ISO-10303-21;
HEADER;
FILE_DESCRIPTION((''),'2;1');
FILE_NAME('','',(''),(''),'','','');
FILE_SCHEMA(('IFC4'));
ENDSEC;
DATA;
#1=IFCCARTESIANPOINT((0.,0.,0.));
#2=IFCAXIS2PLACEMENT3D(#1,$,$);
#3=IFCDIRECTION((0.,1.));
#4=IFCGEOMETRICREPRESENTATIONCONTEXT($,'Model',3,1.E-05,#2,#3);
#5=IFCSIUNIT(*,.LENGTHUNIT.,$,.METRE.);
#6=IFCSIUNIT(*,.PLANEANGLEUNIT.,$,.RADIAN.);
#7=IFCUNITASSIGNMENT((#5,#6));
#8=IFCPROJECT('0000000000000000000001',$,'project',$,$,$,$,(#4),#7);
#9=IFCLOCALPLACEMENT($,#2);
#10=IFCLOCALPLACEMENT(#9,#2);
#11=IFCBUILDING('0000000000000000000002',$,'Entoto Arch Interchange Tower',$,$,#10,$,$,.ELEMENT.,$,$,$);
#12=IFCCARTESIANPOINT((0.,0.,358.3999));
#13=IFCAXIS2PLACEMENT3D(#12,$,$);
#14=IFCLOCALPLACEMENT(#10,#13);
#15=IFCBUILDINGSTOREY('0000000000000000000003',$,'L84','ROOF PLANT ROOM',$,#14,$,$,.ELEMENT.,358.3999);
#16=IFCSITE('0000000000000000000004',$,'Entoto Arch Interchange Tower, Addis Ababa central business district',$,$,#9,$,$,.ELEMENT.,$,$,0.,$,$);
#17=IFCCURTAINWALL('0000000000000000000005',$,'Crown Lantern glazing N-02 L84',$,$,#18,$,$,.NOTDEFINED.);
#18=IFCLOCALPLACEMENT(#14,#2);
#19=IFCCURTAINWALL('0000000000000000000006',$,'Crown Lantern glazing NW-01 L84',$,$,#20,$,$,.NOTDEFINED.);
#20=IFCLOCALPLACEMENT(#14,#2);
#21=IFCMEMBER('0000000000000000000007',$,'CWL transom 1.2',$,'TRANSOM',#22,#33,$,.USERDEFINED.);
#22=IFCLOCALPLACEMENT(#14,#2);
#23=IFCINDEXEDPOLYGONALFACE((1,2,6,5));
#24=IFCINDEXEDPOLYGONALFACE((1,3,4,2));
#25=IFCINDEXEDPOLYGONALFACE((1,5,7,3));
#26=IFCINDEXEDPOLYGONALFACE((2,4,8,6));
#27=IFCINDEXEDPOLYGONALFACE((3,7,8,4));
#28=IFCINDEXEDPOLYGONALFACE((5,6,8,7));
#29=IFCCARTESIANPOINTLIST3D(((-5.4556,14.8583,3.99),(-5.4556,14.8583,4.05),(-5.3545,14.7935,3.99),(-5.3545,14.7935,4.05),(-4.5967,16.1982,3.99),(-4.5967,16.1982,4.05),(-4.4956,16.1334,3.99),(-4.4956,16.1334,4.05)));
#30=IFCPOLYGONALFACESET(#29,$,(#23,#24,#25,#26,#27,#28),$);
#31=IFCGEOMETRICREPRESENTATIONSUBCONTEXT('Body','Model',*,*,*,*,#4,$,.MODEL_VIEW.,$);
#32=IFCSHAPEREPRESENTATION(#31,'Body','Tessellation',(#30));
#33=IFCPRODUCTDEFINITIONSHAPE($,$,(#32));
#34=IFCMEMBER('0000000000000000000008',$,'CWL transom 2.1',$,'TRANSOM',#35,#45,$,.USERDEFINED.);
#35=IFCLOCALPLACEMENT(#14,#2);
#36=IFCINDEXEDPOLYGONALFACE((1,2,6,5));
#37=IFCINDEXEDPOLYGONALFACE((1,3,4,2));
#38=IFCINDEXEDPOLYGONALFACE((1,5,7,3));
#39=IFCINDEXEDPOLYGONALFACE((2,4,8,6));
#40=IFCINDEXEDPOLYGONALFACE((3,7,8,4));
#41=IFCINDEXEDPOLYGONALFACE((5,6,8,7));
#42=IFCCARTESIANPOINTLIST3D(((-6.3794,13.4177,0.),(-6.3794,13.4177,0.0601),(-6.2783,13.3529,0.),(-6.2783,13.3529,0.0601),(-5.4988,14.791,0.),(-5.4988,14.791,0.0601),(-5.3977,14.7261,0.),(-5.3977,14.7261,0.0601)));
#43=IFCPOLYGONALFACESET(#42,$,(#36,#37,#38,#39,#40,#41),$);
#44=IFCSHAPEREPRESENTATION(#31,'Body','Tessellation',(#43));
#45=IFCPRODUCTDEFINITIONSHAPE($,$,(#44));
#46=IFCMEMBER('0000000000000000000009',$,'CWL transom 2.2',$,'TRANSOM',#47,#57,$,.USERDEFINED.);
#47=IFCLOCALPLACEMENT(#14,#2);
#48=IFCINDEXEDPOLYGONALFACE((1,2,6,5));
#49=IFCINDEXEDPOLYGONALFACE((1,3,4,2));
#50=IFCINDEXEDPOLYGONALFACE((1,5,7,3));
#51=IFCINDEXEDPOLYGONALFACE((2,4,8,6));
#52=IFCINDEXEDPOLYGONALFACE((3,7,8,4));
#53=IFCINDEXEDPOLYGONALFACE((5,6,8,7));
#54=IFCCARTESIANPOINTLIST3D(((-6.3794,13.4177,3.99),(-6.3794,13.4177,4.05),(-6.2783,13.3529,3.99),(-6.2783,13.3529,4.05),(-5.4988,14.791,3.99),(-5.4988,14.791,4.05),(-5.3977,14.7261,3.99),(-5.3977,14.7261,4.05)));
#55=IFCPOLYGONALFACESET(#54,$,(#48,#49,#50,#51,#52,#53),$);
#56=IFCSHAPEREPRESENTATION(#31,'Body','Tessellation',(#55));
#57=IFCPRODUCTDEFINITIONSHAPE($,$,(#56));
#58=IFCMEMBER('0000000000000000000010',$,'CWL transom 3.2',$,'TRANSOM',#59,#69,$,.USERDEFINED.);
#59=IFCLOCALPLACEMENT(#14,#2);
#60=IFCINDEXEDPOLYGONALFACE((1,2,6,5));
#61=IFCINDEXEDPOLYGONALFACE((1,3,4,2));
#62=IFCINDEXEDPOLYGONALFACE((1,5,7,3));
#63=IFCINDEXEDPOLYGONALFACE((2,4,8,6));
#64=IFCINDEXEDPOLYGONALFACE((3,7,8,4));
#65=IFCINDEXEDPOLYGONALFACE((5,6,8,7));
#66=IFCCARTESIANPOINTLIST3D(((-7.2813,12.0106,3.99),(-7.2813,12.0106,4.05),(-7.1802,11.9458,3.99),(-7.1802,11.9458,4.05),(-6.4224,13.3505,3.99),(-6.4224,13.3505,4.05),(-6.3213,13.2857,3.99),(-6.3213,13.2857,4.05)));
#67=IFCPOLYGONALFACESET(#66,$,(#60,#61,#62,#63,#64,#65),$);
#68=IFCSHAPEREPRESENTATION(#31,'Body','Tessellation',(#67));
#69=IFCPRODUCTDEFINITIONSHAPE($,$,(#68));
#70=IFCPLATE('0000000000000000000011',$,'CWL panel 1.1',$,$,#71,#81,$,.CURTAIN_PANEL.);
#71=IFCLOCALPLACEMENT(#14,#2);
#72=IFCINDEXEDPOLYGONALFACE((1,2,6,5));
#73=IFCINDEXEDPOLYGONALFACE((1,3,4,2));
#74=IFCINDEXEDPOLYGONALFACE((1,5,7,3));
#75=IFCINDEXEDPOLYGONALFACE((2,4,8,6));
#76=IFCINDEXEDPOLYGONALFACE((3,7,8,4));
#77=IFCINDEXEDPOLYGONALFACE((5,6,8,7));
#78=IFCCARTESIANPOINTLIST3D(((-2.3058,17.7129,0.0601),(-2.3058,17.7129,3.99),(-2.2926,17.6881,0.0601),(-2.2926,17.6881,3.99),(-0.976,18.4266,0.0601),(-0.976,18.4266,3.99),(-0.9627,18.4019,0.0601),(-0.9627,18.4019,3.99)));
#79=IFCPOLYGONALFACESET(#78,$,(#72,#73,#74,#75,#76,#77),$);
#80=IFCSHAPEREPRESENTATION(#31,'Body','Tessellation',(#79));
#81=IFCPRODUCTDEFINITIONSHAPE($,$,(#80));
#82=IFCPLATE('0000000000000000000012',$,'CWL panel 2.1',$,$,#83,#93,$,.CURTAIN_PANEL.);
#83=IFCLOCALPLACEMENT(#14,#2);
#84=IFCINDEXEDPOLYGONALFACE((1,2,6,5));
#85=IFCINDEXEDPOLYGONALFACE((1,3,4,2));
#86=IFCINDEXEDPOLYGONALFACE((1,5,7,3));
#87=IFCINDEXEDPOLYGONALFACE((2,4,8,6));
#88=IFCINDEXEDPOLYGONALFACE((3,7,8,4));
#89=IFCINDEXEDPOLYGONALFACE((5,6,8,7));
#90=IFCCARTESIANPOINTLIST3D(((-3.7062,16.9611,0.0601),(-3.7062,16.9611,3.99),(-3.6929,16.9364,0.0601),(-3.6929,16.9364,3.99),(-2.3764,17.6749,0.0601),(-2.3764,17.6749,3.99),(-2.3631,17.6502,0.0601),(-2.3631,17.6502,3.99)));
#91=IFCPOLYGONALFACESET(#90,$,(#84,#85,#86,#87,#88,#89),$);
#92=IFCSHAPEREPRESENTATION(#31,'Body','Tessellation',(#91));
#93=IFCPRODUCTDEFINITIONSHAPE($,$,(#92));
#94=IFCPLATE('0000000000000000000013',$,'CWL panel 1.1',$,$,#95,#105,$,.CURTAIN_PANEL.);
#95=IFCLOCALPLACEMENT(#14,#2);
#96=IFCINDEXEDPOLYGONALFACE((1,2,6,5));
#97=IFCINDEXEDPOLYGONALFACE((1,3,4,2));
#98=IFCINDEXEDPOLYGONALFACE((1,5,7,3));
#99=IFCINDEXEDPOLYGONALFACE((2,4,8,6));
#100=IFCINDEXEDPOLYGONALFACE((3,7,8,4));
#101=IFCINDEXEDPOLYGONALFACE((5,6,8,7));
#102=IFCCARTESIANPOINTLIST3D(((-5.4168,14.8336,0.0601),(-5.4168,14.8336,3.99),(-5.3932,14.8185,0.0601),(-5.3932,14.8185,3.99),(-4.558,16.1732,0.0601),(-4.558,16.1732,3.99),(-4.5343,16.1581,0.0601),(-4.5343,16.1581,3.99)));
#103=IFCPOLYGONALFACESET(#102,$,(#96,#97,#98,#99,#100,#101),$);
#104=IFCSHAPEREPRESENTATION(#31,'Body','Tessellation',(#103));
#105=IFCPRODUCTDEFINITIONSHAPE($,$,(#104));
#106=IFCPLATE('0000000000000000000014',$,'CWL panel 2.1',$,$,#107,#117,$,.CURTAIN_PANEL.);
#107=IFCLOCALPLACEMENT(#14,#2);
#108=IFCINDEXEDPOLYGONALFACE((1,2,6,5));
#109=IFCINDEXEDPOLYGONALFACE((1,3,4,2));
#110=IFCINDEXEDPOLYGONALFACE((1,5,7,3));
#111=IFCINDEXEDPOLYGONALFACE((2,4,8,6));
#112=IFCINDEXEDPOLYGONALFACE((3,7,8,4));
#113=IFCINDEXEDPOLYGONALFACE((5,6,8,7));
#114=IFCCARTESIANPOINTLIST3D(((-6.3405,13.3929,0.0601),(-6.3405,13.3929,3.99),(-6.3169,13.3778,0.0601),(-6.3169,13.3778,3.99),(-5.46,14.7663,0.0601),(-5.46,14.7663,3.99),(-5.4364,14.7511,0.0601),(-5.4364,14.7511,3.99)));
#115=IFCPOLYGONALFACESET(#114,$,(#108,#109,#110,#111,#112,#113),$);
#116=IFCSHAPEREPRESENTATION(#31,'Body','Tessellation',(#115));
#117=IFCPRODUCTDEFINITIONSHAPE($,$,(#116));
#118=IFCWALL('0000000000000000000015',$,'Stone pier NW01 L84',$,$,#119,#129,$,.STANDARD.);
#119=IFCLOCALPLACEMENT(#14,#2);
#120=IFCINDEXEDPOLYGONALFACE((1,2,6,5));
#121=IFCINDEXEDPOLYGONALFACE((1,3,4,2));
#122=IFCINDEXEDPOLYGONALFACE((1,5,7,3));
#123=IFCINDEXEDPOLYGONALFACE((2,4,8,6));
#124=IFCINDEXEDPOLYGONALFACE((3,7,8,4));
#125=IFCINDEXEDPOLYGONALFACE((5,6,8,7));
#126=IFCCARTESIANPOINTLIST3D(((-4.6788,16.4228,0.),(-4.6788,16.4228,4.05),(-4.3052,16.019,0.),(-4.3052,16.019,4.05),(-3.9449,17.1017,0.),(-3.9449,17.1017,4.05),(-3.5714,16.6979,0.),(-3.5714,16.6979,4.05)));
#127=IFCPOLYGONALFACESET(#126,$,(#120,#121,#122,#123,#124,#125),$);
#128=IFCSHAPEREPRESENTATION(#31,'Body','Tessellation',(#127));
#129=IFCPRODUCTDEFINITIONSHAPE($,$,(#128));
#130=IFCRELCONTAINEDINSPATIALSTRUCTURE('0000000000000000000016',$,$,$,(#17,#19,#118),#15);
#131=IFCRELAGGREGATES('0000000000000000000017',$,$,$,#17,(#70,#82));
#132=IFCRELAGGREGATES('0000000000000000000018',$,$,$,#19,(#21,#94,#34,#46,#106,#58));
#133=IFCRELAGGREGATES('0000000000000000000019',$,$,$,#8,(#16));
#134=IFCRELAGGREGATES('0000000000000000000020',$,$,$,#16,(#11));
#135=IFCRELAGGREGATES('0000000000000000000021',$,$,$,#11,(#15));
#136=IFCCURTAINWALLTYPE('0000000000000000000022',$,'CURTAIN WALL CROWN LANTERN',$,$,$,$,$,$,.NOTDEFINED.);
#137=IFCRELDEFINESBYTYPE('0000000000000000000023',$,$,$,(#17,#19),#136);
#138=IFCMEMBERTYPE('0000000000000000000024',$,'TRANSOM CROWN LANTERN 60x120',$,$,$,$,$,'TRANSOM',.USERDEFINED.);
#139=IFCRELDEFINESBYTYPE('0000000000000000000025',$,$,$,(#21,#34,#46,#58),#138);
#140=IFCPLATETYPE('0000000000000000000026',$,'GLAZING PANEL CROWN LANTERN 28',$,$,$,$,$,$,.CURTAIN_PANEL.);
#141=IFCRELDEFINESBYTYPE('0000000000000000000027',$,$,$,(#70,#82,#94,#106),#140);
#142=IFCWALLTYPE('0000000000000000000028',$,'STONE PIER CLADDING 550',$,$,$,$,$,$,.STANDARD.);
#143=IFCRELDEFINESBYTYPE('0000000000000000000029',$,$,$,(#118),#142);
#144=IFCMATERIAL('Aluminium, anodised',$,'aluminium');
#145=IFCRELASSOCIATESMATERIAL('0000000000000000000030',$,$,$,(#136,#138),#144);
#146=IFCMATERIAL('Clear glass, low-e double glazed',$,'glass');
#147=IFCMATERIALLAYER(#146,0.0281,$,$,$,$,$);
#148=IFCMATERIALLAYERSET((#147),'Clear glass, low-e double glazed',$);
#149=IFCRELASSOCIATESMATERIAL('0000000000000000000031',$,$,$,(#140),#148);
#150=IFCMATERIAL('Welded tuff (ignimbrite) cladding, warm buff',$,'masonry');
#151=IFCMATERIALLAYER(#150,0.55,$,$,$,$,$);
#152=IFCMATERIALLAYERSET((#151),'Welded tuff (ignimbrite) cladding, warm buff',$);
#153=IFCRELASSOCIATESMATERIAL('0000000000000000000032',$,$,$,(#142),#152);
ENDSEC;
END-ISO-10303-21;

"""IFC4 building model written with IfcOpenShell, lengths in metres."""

from ifc_helpers import new_model, si_unit, direction, frame, frame_2d, origin, origin_2d, place, context, subcontext, project, spatial, rectangle, extrude, material, layer, layer_set, material_profile, profile_set, type_object, element, aggregate, save


model = new_model("IFC4")

# Units and contexts
model_context = context("Model", 3, precision=1e-05, world=origin(), true_north=direction((0.0, 1.0)))
body_context = subcontext(model_context, "Body", "Model", "MODEL_VIEW")
ifc_project = project(units=[si_unit("LENGTHUNIT", "METRE"), si_unit("PLANEANGLEUNIT", "RADIAN")], contexts=[model_context])

# Site, building, storey
site_placement = place(None, origin())
site = spatial("IfcSite", under=ifc_project, at=site_placement, Name="Entoto Arch Interchange Tower, Addis Ababa central business district", CompositionType="ELEMENT", RefElevation=0.0)
building_placement = place(site_placement, origin())
building = spatial("IfcBuilding", under=site, at=building_placement, Name="Entoto Arch Interchange Tower", CompositionType="ELEMENT")
storey_placement = place(building_placement, frame((0.0, 0.0, 358.3999)))
storey = spatial("IfcBuildingStorey", under=building, at=storey_placement, Name="L84", Description="ROOF PLANT ROOM", CompositionType="ELEMENT", Elevation=358.3999)

# Curtain walls
ifc_material_1 = material(Name="Aluminium, anodised", Category="aluminium")
curtain_wall_type = type_object("IfcCurtainWallType", Name="CURTAIN WALL CROWN LANTERN", PredefinedType="NOTDEFINED", material=ifc_material_1)
curtain_wall_1_placement = place(storey_placement, origin())
curtain_wall_1 = element("IfcCurtainWall", 1, at=curtain_wall_1_placement, inside=storey, type_object=curtain_wall_type, Name="Crown Lantern glazing N-02 L84", PredefinedType="NOTDEFINED")
curtain_wall_2_placement = place(storey_placement, origin())
curtain_wall_2 = element("IfcCurtainWall", 2, at=curtain_wall_2_placement, inside=storey, type_object=curtain_wall_type, Name="Crown Lantern glazing NW-01 L84", PredefinedType="NOTDEFINED")

# Members
ifc_material_profile_1 = material_profile(ifc_material_1, rectangle(XDim=0.1201, YDim=0.0601, at=origin_2d()))
ifc_profile_set_1 = profile_set([ifc_material_profile_1], Name="Aluminium, anodised")
member_type_1 = type_object("IfcMemberType", Name="TRANSOM CROWN LANTERN 60x120", ElementType="TRANSOM", PredefinedType="USERDEFINED", material=ifc_profile_set_1)
member_1_placement = place(storey_placement, frame((-4.5461, 16.1658, 4.02), z_axis=(-0.539672, -0.841876, 0.0), x_axis=(0.841876, -0.539672, 0.0)))
member_1 = element("IfcMember", 3, at=member_1_placement, type_object=member_type_1, Name="CWL transom 1.2", ObjectType="TRANSOM", PredefinedType="USERDEFINED", context=body_context, shape_type="SweptSolid", body=[
    extrude(rectangle(XDim=0.1201, YDim=0.0601, at=origin_2d()), origin(), (0.0, 0.0, 1.0), 1.5916),
])
member_2_placement = place(storey_placement, frame((-5.4482, 14.7585, 0.03), z_axis=(-0.539797, -0.841795, 0.0), x_axis=(0.841795, -0.539797, 0.0)))
member_2 = element("IfcMember", 4, at=member_2_placement, type_object=member_type_1, Name="CWL transom 2.1", ObjectType="TRANSOM", PredefinedType="USERDEFINED", context=body_context, shape_type="SweptSolid", body=[
    extrude(rectangle(XDim=0.1201, YDim=0.0601, at=origin_2d()), origin(), (0.0, 0.0, 1.0), 1.6313),
])
member_3_placement = place(storey_placement, frame((-5.4482, 14.7585, 4.02), z_axis=(-0.539797, -0.841795, 0.0), x_axis=(0.841795, -0.539797, 0.0)))
member_3 = element("IfcMember", 5, at=member_3_placement, type_object=member_type_1, Name="CWL transom 2.2", ObjectType="TRANSOM", PredefinedType="USERDEFINED", context=body_context, shape_type="SweptSolid", body=[
    extrude(rectangle(XDim=0.1201, YDim=0.0601, at=origin_2d()), origin(), (0.0, 0.0, 1.0), 1.6313),
])
member_4_placement = place(storey_placement, frame((-6.3718, 13.3181, 4.02), z_axis=(-0.539672, -0.841876, 0.0), x_axis=(0.841876, -0.539672, 0.0)))
member_4 = element("IfcMember", 6, at=member_4_placement, type_object=member_type_1, Name="CWL transom 3.2", ObjectType="TRANSOM", PredefinedType="USERDEFINED", context=body_context, shape_type="SweptSolid", body=[
    extrude(rectangle(XDim=0.1201, YDim=0.0601, at=origin_2d()), origin(), (0.0, 0.0, 1.0), 1.5916),
])

# Plates
ifc_material_2 = material(Name="Clear glass, low-e double glazed", Category="glass")
ifc_layer_1 = layer(ifc_material_2, 0.0281)
ifc_layer_set_1 = layer_set([ifc_layer_1], Name="Clear glass, low-e double glazed")
plate_type = type_object("IfcPlateType", Name="GLAZING PANEL CROWN LANTERN 28", PredefinedType="CURTAIN_PANEL", material=ifc_layer_set_1)
plate_1_placement = place(storey_placement, frame((-1.6343, 18.0574, 0.0601), z_axis=(0.0, 0.0, 1.0), x_axis=(-0.881101, -0.472928, 0.0)))
plate_1 = element("IfcPlate", 7, at=plate_1_placement, type_object=plate_type, Name="CWL panel 1.1", PredefinedType="CURTAIN_PANEL", context=body_context, shape_type="SweptSolid", body=[
    extrude(rectangle(XDim=1.5093, YDim=0.0281, at=origin_2d()), origin(), (0.0, 0.0, 1.0), 3.9299),
])
plate_2_placement = place(storey_placement, frame((-3.0347, 17.3057, 0.0601), z_axis=(0.0, 0.0, 1.0), x_axis=(-0.881101, -0.472928, 0.0)))
plate_2 = element("IfcPlate", 8, at=plate_2_placement, type_object=plate_type, Name="CWL panel 2.1", PredefinedType="CURTAIN_PANEL", context=body_context, shape_type="SweptSolid", body=[
    extrude(rectangle(XDim=1.5093, YDim=0.0281, at=origin_2d()), origin(), (0.0, 0.0, 1.0), 3.9299),
])
aggregate(curtain_wall_1, [plate_1, plate_2])
plate_3_placement = place(storey_placement, frame((-4.9756, 15.4958, 0.0601), z_axis=(0.0, 0.0, 1.0), x_axis=(-0.539733, -0.841836, 0.0)))
plate_3 = element("IfcPlate", 9, at=plate_3_placement, type_object=plate_type, Name="CWL panel 1.1", PredefinedType="CURTAIN_PANEL", context=body_context, shape_type="SweptSolid", body=[
    extrude(rectangle(XDim=1.5913, YDim=0.0281, at=origin_2d()), origin(), (0.0, 0.0, 1.0), 3.9299),
])
plate_4_placement = place(storey_placement, frame((-5.8884, 14.072, 0.0601), z_axis=(0.0, 0.0, 1.0), x_axis=(-0.539733, -0.841836, 0.0)))
plate_4 = element("IfcPlate", 10, at=plate_4_placement, type_object=plate_type, Name="CWL panel 2.1", PredefinedType="CURTAIN_PANEL", context=body_context, shape_type="SweptSolid", body=[
    extrude(rectangle(XDim=1.6313, YDim=0.0281, at=origin_2d()), origin(), (0.0, 0.0, 1.0), 3.9299),
])
aggregate(curtain_wall_2, [member_1, plate_3, member_2, member_3, plate_4, member_4])

# Wall
ifc_material_3 = material(Name="Welded tuff (ignimbrite) cladding, warm buff", Category="masonry")
ifc_layer_2 = layer(ifc_material_3, 0.55)
ifc_layer_set_2 = layer_set([ifc_layer_2], Name="Welded tuff (ignimbrite) cladding, warm buff")
wall_type = type_object("IfcWallType", Name="STONE PIER CLADDING 550", PredefinedType="STANDARD", material=ifc_layer_set_2)
wall_placement = place(storey_placement, frame((-3.7581, 16.8999, 0.0), z_axis=(0.0, 0.0, 1.0), x_axis=(-0.734045, -0.679101, 0.0)))
element("IfcWall", 11, at=wall_placement, inside=storey, type_object=wall_type, Name="Stone pier NW01 L84", PredefinedType="STANDARD", context=body_context, shape_type="SweptSolid", body=[
    extrude(rectangle(XDim=0.9998, YDim=0.55, at=frame_2d((0.5, 0.0))), origin(), (0.0, 0.0, 1.0), 4.05),
])

save(model, "model.ifc")
